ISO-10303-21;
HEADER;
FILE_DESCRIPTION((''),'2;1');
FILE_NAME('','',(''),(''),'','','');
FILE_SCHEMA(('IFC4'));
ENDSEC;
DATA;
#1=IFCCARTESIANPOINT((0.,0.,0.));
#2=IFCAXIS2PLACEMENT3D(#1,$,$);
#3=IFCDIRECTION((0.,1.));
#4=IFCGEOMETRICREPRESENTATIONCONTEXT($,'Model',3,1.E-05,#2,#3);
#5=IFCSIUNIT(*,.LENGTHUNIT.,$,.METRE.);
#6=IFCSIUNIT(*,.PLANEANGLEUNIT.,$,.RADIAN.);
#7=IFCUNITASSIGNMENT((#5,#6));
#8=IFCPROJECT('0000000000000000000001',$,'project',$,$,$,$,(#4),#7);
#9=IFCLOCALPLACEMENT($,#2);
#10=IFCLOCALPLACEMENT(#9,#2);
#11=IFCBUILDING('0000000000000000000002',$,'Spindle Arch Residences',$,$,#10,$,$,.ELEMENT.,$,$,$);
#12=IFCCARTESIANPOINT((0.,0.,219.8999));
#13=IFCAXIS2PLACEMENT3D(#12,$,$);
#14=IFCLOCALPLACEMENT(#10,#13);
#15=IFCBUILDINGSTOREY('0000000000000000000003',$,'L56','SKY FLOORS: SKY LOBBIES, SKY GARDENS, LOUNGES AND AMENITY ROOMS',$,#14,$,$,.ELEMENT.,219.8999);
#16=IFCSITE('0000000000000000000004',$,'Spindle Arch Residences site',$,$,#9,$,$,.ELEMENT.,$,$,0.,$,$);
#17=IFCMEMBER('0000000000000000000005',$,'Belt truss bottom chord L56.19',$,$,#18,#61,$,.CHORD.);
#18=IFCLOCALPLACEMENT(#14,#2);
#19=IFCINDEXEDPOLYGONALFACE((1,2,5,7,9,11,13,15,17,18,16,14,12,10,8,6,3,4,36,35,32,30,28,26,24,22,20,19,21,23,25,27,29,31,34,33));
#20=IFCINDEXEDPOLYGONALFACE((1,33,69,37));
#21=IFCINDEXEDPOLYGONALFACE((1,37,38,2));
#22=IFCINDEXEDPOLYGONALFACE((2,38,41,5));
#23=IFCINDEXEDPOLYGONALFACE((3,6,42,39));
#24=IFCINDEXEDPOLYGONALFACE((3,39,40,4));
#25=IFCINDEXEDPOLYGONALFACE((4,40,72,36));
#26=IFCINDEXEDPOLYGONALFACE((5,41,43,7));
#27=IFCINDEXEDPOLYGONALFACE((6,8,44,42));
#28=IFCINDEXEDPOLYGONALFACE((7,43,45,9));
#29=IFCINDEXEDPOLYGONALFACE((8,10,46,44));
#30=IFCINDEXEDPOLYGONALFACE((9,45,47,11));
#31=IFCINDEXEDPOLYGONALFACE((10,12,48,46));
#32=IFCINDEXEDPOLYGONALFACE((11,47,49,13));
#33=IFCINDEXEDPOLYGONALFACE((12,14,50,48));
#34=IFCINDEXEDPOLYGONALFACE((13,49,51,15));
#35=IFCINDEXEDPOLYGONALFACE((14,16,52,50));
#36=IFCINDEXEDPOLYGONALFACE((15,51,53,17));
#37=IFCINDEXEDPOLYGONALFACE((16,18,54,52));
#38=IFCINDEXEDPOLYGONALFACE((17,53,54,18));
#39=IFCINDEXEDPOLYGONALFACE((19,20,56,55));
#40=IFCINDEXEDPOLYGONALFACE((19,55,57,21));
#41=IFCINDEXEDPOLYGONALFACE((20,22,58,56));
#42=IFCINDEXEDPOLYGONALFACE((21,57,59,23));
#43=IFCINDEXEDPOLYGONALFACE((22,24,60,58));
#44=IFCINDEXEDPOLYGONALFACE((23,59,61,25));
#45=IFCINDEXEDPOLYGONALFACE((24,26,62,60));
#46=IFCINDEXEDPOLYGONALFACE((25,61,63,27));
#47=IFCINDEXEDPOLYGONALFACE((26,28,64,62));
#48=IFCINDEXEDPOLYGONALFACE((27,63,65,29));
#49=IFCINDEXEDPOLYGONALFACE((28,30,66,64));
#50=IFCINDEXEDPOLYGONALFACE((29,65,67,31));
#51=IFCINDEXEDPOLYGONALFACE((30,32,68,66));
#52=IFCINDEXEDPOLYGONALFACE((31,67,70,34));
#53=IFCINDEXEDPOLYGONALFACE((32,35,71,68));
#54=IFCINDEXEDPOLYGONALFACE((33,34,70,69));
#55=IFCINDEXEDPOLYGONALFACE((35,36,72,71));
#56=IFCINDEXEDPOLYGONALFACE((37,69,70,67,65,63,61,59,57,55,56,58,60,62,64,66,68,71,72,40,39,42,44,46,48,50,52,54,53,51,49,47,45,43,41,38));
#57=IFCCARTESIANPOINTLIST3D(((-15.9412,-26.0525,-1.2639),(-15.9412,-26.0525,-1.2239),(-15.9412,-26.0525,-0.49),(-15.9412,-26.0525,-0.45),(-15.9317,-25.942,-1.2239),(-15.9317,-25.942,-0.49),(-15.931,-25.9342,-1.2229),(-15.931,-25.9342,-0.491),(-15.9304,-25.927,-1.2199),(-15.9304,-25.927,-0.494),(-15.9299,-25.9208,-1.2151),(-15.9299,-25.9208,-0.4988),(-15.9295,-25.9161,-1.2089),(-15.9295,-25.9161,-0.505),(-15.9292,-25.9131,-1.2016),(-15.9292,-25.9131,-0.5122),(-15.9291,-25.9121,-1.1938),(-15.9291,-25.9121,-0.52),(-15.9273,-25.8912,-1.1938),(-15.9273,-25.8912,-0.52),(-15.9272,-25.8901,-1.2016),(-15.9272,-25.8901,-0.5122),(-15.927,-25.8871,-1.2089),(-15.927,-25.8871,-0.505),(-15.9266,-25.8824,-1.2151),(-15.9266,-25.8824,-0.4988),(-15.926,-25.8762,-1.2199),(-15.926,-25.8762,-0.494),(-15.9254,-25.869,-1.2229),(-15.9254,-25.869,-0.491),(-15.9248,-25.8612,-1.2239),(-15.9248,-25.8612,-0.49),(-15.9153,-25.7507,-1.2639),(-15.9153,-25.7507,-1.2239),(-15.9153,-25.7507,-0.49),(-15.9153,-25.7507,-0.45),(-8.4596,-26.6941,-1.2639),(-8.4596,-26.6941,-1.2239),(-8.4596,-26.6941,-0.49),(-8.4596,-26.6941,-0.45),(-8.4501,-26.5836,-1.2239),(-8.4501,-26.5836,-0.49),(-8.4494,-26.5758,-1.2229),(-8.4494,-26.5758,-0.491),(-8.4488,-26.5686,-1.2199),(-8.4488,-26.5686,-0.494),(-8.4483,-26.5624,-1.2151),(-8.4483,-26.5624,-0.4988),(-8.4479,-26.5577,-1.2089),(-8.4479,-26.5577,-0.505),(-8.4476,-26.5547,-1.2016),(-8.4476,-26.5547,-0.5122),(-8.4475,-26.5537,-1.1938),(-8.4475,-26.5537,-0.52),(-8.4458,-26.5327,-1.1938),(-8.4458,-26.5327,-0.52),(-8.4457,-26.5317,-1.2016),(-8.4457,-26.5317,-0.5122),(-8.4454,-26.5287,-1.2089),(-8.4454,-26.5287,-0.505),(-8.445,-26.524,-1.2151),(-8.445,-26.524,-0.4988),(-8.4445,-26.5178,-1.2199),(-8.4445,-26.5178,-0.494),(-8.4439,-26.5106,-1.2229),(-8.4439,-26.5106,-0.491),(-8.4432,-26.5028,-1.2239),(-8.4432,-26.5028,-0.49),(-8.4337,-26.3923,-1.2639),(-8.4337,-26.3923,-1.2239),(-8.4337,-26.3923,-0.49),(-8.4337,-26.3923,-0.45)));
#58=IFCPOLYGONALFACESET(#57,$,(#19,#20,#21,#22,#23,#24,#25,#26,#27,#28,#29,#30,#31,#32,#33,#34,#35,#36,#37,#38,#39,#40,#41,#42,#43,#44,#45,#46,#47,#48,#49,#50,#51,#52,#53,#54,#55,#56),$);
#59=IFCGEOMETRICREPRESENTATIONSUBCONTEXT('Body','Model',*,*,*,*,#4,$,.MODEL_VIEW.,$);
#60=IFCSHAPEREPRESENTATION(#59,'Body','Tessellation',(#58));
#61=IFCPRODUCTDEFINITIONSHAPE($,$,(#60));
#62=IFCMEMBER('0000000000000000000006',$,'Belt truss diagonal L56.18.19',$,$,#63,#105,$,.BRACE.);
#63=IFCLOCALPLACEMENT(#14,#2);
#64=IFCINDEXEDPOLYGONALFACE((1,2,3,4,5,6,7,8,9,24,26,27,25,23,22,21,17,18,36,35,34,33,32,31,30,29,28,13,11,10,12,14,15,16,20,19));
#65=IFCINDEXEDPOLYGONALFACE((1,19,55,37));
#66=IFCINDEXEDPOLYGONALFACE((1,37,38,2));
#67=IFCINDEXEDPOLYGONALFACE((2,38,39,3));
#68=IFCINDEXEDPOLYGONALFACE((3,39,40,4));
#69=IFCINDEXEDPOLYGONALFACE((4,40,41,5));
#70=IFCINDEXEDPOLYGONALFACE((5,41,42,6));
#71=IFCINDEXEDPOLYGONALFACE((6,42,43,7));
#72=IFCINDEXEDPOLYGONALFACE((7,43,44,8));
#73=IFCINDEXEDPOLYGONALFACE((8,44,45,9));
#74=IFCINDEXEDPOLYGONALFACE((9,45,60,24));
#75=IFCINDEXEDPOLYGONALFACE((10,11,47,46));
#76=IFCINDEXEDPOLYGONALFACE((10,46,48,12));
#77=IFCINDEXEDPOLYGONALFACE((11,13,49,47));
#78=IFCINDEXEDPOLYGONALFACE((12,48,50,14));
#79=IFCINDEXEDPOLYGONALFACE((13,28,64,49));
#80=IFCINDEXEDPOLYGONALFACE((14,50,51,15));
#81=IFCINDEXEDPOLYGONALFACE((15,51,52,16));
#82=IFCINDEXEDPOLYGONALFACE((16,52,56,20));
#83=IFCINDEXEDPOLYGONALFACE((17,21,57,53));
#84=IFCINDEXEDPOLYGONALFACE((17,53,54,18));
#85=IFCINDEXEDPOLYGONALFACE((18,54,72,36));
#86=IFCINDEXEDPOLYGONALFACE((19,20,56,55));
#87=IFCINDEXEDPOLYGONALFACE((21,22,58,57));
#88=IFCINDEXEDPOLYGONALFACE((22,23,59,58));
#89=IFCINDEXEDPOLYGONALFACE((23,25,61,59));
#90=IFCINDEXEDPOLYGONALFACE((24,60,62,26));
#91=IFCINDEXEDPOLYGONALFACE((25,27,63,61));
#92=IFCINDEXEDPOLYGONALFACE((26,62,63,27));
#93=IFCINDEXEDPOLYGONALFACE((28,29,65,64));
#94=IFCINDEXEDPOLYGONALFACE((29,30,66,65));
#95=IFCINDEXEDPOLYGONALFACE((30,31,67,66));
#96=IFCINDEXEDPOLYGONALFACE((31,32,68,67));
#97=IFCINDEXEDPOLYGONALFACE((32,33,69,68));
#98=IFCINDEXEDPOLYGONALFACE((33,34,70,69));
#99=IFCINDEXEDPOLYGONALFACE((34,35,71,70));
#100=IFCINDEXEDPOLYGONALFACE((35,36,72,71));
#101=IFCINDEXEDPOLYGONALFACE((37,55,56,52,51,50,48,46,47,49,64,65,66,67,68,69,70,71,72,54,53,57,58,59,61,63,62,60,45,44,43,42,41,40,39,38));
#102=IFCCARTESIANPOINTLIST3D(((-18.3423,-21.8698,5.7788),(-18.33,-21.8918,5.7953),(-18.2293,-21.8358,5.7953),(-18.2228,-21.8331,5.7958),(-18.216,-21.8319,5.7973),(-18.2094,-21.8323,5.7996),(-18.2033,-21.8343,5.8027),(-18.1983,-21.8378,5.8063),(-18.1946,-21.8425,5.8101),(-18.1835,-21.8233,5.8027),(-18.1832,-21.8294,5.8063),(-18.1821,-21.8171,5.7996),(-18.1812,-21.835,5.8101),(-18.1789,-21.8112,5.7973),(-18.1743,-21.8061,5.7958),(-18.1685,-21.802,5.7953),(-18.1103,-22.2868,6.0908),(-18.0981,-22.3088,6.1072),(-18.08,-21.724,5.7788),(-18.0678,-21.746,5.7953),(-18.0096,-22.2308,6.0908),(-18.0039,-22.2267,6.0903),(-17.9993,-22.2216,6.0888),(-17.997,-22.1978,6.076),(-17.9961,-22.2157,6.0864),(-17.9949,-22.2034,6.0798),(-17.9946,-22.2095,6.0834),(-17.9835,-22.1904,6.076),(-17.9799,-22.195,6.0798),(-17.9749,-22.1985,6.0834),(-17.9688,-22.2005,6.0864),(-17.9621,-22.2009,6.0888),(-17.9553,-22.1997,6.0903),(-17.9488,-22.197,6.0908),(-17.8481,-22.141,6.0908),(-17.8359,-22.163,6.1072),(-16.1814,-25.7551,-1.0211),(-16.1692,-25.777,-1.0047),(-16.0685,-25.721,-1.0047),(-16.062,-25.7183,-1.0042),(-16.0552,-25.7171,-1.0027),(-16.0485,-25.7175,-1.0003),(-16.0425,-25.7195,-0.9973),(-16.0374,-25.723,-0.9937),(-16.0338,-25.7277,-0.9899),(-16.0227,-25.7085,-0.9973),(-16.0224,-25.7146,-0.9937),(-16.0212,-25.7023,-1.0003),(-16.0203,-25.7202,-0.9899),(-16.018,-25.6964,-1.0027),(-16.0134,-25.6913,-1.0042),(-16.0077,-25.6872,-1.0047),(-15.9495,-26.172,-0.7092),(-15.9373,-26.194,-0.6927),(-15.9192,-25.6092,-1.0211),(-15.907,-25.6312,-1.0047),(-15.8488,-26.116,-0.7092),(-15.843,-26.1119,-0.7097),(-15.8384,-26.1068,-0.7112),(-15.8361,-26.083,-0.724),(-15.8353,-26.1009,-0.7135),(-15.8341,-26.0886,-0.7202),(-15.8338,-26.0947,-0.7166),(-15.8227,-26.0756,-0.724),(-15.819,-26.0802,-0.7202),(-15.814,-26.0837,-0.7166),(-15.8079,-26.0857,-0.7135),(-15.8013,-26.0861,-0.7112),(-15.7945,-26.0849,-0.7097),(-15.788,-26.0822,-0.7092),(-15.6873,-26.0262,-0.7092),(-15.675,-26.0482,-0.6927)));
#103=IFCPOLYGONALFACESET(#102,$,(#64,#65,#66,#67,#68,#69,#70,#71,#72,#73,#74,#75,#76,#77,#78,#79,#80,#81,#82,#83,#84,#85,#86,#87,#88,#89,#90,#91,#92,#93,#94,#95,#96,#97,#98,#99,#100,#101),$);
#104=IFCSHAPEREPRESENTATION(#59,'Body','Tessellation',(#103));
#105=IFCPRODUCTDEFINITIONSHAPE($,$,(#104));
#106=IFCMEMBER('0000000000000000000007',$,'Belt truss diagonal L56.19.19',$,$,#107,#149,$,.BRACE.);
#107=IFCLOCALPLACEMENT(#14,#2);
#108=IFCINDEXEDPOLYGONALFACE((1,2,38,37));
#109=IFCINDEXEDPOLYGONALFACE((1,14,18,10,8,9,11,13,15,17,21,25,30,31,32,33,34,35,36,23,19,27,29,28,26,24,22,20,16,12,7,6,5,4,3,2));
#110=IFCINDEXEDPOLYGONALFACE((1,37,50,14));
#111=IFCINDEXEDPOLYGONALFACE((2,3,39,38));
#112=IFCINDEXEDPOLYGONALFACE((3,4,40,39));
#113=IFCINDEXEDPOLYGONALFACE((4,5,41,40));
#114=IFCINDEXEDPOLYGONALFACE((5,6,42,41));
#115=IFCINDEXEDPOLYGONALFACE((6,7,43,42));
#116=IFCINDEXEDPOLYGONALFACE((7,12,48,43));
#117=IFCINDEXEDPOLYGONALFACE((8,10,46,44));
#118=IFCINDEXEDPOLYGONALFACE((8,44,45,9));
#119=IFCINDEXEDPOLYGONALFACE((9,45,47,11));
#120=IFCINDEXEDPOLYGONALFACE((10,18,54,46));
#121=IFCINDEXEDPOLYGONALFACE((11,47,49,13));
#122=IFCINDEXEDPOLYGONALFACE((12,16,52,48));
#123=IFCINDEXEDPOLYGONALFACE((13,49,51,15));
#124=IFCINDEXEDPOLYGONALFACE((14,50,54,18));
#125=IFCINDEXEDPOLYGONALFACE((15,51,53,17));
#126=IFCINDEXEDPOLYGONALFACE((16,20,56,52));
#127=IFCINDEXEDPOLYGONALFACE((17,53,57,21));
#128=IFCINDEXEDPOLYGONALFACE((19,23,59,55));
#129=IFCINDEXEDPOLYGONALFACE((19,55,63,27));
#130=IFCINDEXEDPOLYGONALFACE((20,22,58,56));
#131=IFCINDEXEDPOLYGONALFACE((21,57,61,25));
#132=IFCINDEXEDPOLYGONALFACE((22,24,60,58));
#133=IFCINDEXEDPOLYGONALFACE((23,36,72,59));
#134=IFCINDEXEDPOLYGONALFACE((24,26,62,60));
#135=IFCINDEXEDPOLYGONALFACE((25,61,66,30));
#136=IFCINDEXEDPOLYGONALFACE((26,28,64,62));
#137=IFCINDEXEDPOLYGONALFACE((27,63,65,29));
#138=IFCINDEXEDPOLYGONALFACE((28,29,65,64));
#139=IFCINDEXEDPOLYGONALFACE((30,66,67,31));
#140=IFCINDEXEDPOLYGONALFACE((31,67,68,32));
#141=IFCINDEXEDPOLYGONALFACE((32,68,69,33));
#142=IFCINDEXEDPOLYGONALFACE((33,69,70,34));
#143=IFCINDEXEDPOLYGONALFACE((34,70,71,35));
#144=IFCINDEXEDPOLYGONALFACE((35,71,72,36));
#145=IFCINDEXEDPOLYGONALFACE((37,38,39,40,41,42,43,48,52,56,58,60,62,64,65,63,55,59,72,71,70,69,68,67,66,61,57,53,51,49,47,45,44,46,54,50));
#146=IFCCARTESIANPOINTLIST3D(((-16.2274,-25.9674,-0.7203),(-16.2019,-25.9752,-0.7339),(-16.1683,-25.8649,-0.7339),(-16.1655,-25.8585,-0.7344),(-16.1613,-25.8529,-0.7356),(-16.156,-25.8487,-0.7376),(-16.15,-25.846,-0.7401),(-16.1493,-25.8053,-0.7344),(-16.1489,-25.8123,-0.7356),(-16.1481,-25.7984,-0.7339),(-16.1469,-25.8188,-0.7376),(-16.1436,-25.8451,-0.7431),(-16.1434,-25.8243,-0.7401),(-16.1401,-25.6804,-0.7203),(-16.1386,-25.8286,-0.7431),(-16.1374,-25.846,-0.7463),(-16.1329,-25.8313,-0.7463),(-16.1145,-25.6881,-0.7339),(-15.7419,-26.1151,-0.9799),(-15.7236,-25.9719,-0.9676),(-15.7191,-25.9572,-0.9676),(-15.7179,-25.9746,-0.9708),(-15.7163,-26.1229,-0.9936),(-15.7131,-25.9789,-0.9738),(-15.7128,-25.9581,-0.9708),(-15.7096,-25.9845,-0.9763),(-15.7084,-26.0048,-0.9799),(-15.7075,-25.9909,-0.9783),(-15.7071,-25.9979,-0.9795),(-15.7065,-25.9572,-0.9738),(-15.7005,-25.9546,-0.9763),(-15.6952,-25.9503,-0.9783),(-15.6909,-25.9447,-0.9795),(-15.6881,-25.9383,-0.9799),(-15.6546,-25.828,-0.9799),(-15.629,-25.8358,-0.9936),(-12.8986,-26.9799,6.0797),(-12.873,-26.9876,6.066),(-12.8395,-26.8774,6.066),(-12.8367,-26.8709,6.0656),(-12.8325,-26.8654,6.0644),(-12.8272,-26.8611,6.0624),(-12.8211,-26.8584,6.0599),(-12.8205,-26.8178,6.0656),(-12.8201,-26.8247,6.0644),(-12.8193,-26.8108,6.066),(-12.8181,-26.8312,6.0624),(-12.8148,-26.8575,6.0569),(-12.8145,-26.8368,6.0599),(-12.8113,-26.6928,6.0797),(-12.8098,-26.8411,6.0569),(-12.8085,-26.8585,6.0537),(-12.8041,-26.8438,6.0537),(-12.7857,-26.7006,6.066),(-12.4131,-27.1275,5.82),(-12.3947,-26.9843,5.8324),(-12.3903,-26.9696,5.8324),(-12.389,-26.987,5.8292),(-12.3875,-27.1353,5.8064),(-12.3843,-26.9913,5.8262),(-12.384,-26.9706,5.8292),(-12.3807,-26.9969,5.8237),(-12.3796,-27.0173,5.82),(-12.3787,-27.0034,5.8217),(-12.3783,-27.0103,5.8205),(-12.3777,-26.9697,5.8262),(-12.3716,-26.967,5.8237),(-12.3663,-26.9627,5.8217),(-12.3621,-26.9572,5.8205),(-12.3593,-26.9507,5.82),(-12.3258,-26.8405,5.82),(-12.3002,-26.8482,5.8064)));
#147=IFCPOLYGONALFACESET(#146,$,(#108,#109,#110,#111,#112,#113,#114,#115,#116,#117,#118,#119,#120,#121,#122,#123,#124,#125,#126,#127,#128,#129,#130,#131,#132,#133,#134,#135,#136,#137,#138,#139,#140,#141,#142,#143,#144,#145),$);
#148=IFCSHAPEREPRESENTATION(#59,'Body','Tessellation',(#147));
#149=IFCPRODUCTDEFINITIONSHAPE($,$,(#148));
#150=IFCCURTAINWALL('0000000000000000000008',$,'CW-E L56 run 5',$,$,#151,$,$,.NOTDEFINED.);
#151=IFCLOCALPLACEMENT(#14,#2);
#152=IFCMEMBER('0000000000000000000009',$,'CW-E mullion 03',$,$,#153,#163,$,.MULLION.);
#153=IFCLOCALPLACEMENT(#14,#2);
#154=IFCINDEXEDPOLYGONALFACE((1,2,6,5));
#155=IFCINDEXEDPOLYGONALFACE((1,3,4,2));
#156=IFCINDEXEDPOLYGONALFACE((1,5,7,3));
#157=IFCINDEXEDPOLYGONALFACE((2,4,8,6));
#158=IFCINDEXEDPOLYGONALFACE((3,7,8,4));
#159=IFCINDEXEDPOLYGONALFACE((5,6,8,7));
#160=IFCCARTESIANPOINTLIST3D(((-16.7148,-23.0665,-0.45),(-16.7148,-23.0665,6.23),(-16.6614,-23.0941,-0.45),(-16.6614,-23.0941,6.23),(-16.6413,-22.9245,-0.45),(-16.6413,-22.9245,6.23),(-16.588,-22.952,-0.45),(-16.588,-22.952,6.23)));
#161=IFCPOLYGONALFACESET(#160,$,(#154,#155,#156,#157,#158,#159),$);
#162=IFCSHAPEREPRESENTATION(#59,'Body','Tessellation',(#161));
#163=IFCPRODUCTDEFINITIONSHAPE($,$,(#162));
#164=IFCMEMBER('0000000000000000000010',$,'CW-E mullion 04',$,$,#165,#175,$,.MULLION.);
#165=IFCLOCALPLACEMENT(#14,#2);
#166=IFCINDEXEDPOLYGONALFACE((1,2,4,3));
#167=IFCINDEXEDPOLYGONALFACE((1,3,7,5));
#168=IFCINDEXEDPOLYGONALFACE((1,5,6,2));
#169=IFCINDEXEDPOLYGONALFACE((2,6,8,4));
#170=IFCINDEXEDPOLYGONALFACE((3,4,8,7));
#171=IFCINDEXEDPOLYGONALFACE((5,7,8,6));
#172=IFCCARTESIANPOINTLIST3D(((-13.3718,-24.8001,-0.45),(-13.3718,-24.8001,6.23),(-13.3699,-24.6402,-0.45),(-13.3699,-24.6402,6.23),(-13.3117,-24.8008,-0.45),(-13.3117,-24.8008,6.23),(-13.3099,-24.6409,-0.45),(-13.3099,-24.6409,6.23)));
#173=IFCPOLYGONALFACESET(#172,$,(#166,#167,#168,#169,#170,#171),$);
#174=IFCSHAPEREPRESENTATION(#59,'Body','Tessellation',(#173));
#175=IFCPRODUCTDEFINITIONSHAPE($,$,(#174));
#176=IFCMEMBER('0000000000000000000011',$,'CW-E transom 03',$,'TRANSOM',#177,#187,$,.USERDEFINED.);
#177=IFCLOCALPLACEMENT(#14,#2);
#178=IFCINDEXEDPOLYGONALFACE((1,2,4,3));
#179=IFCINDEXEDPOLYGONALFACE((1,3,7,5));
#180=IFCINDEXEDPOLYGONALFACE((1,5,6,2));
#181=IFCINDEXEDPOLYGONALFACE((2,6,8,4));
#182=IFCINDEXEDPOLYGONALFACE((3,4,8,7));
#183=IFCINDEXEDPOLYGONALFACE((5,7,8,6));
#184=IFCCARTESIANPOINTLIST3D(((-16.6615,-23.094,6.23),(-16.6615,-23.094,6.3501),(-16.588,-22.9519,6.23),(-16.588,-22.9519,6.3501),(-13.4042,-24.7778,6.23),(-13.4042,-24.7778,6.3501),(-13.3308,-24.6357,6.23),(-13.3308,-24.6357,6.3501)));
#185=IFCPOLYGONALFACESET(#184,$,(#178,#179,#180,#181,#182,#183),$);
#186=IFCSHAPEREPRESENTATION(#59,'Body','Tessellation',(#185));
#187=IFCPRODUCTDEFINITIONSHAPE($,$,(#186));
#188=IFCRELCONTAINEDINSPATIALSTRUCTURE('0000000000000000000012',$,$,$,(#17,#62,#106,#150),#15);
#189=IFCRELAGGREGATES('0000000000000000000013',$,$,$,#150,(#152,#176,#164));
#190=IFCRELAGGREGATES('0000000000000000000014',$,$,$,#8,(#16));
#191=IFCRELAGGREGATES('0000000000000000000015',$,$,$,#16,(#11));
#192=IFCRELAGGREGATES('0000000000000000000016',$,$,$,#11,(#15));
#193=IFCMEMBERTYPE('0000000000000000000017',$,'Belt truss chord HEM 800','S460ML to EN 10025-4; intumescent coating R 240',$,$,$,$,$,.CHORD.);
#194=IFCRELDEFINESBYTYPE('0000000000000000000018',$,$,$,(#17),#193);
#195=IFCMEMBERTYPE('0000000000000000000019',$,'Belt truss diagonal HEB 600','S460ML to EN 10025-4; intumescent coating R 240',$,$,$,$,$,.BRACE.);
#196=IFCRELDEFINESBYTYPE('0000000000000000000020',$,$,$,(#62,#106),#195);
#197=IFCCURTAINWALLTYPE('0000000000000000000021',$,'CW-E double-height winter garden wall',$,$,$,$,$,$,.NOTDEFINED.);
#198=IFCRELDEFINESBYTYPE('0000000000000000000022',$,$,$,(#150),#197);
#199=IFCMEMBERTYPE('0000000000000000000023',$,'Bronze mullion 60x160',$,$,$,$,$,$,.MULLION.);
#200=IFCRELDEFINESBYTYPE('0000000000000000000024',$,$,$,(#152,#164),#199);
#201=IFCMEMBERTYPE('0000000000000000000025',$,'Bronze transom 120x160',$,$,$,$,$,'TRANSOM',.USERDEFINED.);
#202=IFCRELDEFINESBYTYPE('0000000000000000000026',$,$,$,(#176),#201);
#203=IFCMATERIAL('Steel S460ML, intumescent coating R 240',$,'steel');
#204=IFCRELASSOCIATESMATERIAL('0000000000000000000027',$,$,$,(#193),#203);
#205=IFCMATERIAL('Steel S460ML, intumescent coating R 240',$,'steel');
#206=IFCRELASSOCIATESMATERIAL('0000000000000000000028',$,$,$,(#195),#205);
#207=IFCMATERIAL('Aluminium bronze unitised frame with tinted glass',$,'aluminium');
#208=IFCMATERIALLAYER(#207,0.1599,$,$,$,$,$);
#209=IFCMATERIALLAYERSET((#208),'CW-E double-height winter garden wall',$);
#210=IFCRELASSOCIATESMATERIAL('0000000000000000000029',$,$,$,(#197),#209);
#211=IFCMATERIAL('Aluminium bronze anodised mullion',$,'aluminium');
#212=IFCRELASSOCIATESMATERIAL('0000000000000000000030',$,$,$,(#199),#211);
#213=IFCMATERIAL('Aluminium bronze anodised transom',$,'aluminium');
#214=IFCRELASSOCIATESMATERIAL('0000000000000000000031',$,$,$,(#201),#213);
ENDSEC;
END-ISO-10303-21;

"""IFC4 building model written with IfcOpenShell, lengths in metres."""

from ifc_helpers import new_model, si_unit, direction, frame, origin, origin_2d, place, context, subcontext, project, spatial, rectangle, i_section, extrude, material, layer, layer_set, material_profile, profile_set, type_object, element, aggregate, save


model = new_model("IFC4")

# Units and contexts
model_context = context("Model", 3, precision=1e-05, world=origin(), true_north=direction((0.0, 1.0)))
body_context = subcontext(model_context, "Body", "Model", "MODEL_VIEW")
ifc_project = project(units=[si_unit("LENGTHUNIT", "METRE"), si_unit("PLANEANGLEUNIT", "RADIAN")], contexts=[model_context])

# Site, building, storey
site_placement = place(None, origin())
site = spatial("IfcSite", under=ifc_project, at=site_placement, Name="Spindle Arch Residences site", CompositionType="ELEMENT", RefElevation=0.0)
building_placement = place(site_placement, origin())
building = spatial("IfcBuilding", under=site, at=building_placement, Name="Spindle Arch Residences", CompositionType="ELEMENT")
storey_placement = place(building_placement, frame((0.0, 0.0, 219.8999)))
storey = spatial("IfcBuildingStorey", under=building, at=storey_placement, Name="L56", Description="SKY FLOORS: SKY LOBBIES, SKY GARDENS, LOUNGES AND AMENITY ROOMS", CompositionType="ELEMENT", Elevation=219.8999)

# Members
ifc_material_1 = material(Name="Steel S460ML, intumescent coating R 240", Category="steel")
ifc_material_profile_1 = material_profile(ifc_material_1, i_section(OverallWidth=0.303, OverallDepth=0.814, WebThickness=0.021, FlangeThickness=0.04, FilletRadius=0.03, at=origin_2d()), Name="HEM 800")
ifc_profile_set_1 = profile_set([ifc_material_profile_1], Name="Steel S460ML, intumescent coating R 240")
member_type_1 = type_object("IfcMemberType", Name="Belt truss chord HEM 800", Description="S460ML to EN 10025-4; intumescent coating R 240", PredefinedType="CHORD", material=ifc_profile_set_1)
member_1_placement = place(storey_placement, frame((-15.9282, -25.9016, -0.8569), z_axis=(0.996343, -0.085443, 0.0), x_axis=(0.085443, 0.996343, 0.0)))
element("IfcMember", 1, at=member_1_placement, inside=storey, type_object=member_type_1, Name="Belt truss bottom chord L56.19", PredefinedType="CHORD", context=body_context, shape_type="SweptSolid", body=[
    extrude(i_section(OverallWidth=0.303, OverallDepth=0.814, WebThickness=0.021, FlangeThickness=0.04, FilletRadius=0.03, at=origin_2d()), origin(), (0.0, 0.0, 1.0), 7.509),
])
ifc_material_2 = material(Name="Steel S460ML, intumescent coating R 240", Category="steel")
ifc_material_profile_2 = material_profile(ifc_material_2, i_section(OverallWidth=0.3, OverallDepth=0.6001, WebThickness=0.0154, FlangeThickness=0.03, FilletRadius=0.0271, at=origin_2d()), Name="HEB 600")
ifc_profile_set_2 = profile_set([ifc_material_profile_2], Name="Steel S460ML, intumescent coating R 240")
member_type_2 = type_object("IfcMemberType", Name="Belt truss diagonal HEB 600", Description="S460ML to EN 10025-4; intumescent coating R 240", PredefinedType="BRACE", material=ifc_profile_set_2)
member_2_placement = place(storey_placement, frame((-15.9282, -25.9016, -0.8569), z_axis=(-0.265976, 0.478222, 0.836995), x_axis=(-0.873927, -0.486058, 0.0)))
element("IfcMember", 2, at=member_2_placement, inside=storey, type_object=member_type_2, Name="Belt truss diagonal L56.18.19", PredefinedType="BRACE", context=body_context, shape_type="SweptSolid", body=[
    extrude(i_section(OverallWidth=0.3, OverallDepth=0.6001, WebThickness=0.0154, FlangeThickness=0.03, FilletRadius=0.0271, at=origin_2d()), origin(), (0.0, 0.0, 1.0), 8.1243),
])
member_3_placement = place(storey_placement, frame((-15.9282, -25.9016, -0.8569), z_axis=(0.435799, -0.132545, 0.890231), x_axis=(0.290983, 0.956728, 0.0)))
element("IfcMember", 3, at=member_3_placement, inside=storey, type_object=member_type_2, Name="Belt truss diagonal L56.19.19", PredefinedType="BRACE", context=body_context, shape_type="SweptSolid", body=[
    extrude(i_section(OverallWidth=0.3, OverallDepth=0.6001, WebThickness=0.0154, FlangeThickness=0.03, FilletRadius=0.0271, at=origin_2d()), origin(), (0.0, 0.0, 1.0), 7.6384),
])

# Curtain wall, members
ifc_material_3 = material(Name="Aluminium bronze unitised frame with tinted glass", Category="aluminium")
ifc_layer_1 = layer(ifc_material_3, 0.1599)
ifc_layer_set_1 = layer_set([ifc_layer_1], Name="CW-E double-height winter garden wall")
curtain_wall_type = type_object("IfcCurtainWallType", Name="CW-E double-height winter garden wall", PredefinedType="NOTDEFINED", material=ifc_layer_set_1)
curtain_wall_placement = place(storey_placement, origin())
curtain_wall = element("IfcCurtainWall", 4, at=curtain_wall_placement, inside=storey, type_object=curtain_wall_type, Name="CW-E L56 run 5", PredefinedType="NOTDEFINED")
ifc_material_4 = material(Name="Aluminium bronze anodised mullion", Category="aluminium")
ifc_material_profile_3 = material_profile(ifc_material_4, rectangle(XDim=0.1599, YDim=0.0601, at=origin_2d()), Name="MU 60x160")
ifc_profile_set_3 = profile_set([ifc_material_profile_3], Name="Aluminium bronze anodised mullion")
member_type_3 = type_object("IfcMemberType", Name="Bronze mullion 60x160", PredefinedType="MULLION", material=ifc_profile_set_3)
member_4_placement = place(storey_placement, frame((-16.6514, -23.0093, -0.45), z_axis=(0.0, 0.0, 1.0), x_axis=(0.459166, 0.88835, 0.0)))
member_4 = element("IfcMember", 5, at=member_4_placement, type_object=member_type_3, Name="CW-E mullion 03", PredefinedType="MULLION", context=body_context, shape_type="SweptSolid", body=[
    extrude(rectangle(XDim=0.1599, YDim=0.0601, at=origin_2d()), origin(), (0.0, 0.0, 1.0), 6.6799),
])
member_5_placement = place(storey_placement, frame((-13.3408, -24.7205, -0.45), z_axis=(0.0, 0.0, 1.0), x_axis=(0.011635, 0.999932, 0.0)))
member_5 = element("IfcMember", 6, at=member_5_placement, type_object=member_type_3, Name="CW-E mullion 04", PredefinedType="MULLION", context=body_context, shape_type="SweptSolid", body=[
    extrude(rectangle(XDim=0.1599, YDim=0.0601, at=origin_2d()), origin(), (0.0, 0.0, 1.0), 6.6799),
])
ifc_material_5 = material(Name="Aluminium bronze anodised transom", Category="aluminium")
ifc_material_profile_4 = material_profile(ifc_material_5, rectangle(XDim=0.1599, YDim=0.1201, at=origin_2d()), Name="TR 120x160")
ifc_profile_set_4 = profile_set([ifc_material_profile_4], Name="Aluminium bronze anodised transom")
member_type_4 = type_object("IfcMemberType", Name="Bronze transom 120x160", ElementType="TRANSOM", PredefinedType="USERDEFINED", material=ifc_profile_set_4)
member_6_placement = place(storey_placement, frame((-16.6248, -23.0229, 6.29), z_axis=(0.888327, -0.459211, 0.0), x_axis=(0.459211, 0.888327, 0.0)))
member_6 = element("IfcMember", 7, at=member_6_placement, type_object=member_type_4, Name="CW-E transom 03", ObjectType="TRANSOM", PredefinedType="USERDEFINED", context=body_context, shape_type="SweptSolid", body=[
    extrude(rectangle(XDim=0.1599, YDim=0.1201, at=origin_2d()), origin(), (0.0, 0.0, 1.0), 3.6667),
])
aggregate(curtain_wall, [member_4, member_6, member_5])

save(model, "model.ifc")
